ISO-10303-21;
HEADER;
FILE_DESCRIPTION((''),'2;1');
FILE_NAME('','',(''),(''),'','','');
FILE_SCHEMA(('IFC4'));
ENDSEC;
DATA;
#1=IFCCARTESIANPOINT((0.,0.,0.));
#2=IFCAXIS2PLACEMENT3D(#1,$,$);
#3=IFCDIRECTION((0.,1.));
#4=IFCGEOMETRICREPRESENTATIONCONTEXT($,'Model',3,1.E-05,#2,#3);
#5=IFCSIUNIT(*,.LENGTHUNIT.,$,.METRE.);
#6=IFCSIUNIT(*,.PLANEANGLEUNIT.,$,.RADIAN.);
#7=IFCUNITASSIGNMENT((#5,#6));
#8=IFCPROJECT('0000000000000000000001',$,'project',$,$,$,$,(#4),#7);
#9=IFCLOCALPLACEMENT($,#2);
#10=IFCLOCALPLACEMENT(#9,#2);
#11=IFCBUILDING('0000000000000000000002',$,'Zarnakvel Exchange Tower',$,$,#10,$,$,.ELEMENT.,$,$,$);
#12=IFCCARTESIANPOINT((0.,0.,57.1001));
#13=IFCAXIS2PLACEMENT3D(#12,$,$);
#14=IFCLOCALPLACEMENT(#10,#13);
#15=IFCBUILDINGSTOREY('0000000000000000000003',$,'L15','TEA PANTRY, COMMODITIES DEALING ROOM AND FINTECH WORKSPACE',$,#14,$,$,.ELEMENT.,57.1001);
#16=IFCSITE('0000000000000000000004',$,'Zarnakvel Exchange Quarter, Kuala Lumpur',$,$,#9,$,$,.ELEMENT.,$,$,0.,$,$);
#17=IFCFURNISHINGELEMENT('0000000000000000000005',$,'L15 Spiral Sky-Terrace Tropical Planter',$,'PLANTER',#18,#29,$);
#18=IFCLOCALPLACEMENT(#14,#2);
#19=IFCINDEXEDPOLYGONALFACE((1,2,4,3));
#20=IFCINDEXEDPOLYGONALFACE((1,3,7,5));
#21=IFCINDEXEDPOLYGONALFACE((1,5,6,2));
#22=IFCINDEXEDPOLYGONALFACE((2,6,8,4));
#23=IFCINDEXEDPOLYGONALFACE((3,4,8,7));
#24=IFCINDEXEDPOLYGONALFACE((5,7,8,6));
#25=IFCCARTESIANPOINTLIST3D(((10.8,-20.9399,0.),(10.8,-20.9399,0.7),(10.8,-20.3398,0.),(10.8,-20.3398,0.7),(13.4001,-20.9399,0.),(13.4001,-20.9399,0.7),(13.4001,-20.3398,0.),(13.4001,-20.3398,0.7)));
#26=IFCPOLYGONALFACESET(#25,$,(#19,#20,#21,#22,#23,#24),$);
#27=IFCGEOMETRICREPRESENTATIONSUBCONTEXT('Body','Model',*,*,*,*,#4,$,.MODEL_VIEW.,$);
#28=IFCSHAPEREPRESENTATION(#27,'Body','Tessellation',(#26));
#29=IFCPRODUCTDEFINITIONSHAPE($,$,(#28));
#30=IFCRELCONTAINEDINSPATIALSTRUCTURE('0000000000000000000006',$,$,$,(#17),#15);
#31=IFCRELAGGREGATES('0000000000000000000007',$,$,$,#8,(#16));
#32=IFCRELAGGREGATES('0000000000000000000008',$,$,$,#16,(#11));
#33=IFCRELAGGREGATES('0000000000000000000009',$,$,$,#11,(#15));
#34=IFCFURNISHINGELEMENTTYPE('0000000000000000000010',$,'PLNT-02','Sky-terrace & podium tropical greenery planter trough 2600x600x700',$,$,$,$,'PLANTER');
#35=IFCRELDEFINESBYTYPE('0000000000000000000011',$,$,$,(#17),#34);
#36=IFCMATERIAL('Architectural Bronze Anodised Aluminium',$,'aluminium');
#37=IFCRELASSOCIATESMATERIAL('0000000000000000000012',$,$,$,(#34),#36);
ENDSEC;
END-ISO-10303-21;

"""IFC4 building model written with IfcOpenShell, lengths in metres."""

from ifc_helpers import new_model, si_unit, direction, frame, origin, origin_2d, place, context, subcontext, project, spatial, rectangle, extrude, source, transform, mapped, material, type_object, element, save


model = new_model("IFC4")

# Units and contexts
model_context = context("Model", 3, precision=1e-05, world=origin(), true_north=direction((0.0, 1.0)))
body_context = subcontext(model_context, "Body", "Model", "MODEL_VIEW")
ifc_project = project(units=[si_unit("LENGTHUNIT", "METRE"), si_unit("PLANEANGLEUNIT", "RADIAN")], contexts=[model_context])

# Site, building, storey
site_placement = place(None, origin())
site = spatial("IfcSite", under=ifc_project, at=site_placement, Name="Zarnakvel Exchange Quarter, Kuala Lumpur", CompositionType="ELEMENT", RefElevation=0.0)
building_placement = place(site_placement, origin())
building = spatial("IfcBuilding", under=site, at=building_placement, Name="Zarnakvel Exchange Tower", CompositionType="ELEMENT")
storey_placement = place(building_placement, frame((0.0, 0.0, 57.1001)))
storey = spatial("IfcBuildingStorey", under=building, at=storey_placement, Name="L15", Description="TEA PANTRY, COMMODITIES DEALING ROOM AND FINTECH WORKSPACE", CompositionType="ELEMENT", Elevation=57.1001)

# Shared definitions
ifc_material_1 = material(Name="Architectural Bronze Anodised Aluminium", Category="aluminium")

# Furnishing element
furnishing_element_type = type_object("IfcFurnishingElementType", Name="PLNT-02", Description="Sky-terrace & podium tropical greenery planter trough 2600x600x700", ElementType="PLANTER", material=ifc_material_1)
shared_shape_1 = source(origin(), body_context, "Body", "SweptSolid", [
    extrude(rectangle(XDim=2.6001, YDim=0.6001, at=origin_2d()), origin(), (0.0, 0.0, 1.0), 0.7),
])
furnishing_placement = place(storey_placement, frame((12.1001, -20.6399, 0.0), z_axis=(0.0, 0.0, 1.0), x_axis=(1.0, 0.0, 0.0)))
element("IfcFurnishingElement", 1, at=furnishing_placement, inside=storey, type_object=furnishing_element_type, Name="L15 Spiral Sky-Terrace Tropical Planter", ObjectType="PLANTER", context=body_context, shape_type="MappedRepresentation", body=[
    mapped(shared_shape_1, transform((0.0, 0.0, 0.0), x_axis=(1.0, 0.0, 0.0), y_axis=(0.0, 1.0, 0.0), z_axis=(0.0, 0.0, 1.0), scale=1.0)),
])

save(model, "model.ifc")
